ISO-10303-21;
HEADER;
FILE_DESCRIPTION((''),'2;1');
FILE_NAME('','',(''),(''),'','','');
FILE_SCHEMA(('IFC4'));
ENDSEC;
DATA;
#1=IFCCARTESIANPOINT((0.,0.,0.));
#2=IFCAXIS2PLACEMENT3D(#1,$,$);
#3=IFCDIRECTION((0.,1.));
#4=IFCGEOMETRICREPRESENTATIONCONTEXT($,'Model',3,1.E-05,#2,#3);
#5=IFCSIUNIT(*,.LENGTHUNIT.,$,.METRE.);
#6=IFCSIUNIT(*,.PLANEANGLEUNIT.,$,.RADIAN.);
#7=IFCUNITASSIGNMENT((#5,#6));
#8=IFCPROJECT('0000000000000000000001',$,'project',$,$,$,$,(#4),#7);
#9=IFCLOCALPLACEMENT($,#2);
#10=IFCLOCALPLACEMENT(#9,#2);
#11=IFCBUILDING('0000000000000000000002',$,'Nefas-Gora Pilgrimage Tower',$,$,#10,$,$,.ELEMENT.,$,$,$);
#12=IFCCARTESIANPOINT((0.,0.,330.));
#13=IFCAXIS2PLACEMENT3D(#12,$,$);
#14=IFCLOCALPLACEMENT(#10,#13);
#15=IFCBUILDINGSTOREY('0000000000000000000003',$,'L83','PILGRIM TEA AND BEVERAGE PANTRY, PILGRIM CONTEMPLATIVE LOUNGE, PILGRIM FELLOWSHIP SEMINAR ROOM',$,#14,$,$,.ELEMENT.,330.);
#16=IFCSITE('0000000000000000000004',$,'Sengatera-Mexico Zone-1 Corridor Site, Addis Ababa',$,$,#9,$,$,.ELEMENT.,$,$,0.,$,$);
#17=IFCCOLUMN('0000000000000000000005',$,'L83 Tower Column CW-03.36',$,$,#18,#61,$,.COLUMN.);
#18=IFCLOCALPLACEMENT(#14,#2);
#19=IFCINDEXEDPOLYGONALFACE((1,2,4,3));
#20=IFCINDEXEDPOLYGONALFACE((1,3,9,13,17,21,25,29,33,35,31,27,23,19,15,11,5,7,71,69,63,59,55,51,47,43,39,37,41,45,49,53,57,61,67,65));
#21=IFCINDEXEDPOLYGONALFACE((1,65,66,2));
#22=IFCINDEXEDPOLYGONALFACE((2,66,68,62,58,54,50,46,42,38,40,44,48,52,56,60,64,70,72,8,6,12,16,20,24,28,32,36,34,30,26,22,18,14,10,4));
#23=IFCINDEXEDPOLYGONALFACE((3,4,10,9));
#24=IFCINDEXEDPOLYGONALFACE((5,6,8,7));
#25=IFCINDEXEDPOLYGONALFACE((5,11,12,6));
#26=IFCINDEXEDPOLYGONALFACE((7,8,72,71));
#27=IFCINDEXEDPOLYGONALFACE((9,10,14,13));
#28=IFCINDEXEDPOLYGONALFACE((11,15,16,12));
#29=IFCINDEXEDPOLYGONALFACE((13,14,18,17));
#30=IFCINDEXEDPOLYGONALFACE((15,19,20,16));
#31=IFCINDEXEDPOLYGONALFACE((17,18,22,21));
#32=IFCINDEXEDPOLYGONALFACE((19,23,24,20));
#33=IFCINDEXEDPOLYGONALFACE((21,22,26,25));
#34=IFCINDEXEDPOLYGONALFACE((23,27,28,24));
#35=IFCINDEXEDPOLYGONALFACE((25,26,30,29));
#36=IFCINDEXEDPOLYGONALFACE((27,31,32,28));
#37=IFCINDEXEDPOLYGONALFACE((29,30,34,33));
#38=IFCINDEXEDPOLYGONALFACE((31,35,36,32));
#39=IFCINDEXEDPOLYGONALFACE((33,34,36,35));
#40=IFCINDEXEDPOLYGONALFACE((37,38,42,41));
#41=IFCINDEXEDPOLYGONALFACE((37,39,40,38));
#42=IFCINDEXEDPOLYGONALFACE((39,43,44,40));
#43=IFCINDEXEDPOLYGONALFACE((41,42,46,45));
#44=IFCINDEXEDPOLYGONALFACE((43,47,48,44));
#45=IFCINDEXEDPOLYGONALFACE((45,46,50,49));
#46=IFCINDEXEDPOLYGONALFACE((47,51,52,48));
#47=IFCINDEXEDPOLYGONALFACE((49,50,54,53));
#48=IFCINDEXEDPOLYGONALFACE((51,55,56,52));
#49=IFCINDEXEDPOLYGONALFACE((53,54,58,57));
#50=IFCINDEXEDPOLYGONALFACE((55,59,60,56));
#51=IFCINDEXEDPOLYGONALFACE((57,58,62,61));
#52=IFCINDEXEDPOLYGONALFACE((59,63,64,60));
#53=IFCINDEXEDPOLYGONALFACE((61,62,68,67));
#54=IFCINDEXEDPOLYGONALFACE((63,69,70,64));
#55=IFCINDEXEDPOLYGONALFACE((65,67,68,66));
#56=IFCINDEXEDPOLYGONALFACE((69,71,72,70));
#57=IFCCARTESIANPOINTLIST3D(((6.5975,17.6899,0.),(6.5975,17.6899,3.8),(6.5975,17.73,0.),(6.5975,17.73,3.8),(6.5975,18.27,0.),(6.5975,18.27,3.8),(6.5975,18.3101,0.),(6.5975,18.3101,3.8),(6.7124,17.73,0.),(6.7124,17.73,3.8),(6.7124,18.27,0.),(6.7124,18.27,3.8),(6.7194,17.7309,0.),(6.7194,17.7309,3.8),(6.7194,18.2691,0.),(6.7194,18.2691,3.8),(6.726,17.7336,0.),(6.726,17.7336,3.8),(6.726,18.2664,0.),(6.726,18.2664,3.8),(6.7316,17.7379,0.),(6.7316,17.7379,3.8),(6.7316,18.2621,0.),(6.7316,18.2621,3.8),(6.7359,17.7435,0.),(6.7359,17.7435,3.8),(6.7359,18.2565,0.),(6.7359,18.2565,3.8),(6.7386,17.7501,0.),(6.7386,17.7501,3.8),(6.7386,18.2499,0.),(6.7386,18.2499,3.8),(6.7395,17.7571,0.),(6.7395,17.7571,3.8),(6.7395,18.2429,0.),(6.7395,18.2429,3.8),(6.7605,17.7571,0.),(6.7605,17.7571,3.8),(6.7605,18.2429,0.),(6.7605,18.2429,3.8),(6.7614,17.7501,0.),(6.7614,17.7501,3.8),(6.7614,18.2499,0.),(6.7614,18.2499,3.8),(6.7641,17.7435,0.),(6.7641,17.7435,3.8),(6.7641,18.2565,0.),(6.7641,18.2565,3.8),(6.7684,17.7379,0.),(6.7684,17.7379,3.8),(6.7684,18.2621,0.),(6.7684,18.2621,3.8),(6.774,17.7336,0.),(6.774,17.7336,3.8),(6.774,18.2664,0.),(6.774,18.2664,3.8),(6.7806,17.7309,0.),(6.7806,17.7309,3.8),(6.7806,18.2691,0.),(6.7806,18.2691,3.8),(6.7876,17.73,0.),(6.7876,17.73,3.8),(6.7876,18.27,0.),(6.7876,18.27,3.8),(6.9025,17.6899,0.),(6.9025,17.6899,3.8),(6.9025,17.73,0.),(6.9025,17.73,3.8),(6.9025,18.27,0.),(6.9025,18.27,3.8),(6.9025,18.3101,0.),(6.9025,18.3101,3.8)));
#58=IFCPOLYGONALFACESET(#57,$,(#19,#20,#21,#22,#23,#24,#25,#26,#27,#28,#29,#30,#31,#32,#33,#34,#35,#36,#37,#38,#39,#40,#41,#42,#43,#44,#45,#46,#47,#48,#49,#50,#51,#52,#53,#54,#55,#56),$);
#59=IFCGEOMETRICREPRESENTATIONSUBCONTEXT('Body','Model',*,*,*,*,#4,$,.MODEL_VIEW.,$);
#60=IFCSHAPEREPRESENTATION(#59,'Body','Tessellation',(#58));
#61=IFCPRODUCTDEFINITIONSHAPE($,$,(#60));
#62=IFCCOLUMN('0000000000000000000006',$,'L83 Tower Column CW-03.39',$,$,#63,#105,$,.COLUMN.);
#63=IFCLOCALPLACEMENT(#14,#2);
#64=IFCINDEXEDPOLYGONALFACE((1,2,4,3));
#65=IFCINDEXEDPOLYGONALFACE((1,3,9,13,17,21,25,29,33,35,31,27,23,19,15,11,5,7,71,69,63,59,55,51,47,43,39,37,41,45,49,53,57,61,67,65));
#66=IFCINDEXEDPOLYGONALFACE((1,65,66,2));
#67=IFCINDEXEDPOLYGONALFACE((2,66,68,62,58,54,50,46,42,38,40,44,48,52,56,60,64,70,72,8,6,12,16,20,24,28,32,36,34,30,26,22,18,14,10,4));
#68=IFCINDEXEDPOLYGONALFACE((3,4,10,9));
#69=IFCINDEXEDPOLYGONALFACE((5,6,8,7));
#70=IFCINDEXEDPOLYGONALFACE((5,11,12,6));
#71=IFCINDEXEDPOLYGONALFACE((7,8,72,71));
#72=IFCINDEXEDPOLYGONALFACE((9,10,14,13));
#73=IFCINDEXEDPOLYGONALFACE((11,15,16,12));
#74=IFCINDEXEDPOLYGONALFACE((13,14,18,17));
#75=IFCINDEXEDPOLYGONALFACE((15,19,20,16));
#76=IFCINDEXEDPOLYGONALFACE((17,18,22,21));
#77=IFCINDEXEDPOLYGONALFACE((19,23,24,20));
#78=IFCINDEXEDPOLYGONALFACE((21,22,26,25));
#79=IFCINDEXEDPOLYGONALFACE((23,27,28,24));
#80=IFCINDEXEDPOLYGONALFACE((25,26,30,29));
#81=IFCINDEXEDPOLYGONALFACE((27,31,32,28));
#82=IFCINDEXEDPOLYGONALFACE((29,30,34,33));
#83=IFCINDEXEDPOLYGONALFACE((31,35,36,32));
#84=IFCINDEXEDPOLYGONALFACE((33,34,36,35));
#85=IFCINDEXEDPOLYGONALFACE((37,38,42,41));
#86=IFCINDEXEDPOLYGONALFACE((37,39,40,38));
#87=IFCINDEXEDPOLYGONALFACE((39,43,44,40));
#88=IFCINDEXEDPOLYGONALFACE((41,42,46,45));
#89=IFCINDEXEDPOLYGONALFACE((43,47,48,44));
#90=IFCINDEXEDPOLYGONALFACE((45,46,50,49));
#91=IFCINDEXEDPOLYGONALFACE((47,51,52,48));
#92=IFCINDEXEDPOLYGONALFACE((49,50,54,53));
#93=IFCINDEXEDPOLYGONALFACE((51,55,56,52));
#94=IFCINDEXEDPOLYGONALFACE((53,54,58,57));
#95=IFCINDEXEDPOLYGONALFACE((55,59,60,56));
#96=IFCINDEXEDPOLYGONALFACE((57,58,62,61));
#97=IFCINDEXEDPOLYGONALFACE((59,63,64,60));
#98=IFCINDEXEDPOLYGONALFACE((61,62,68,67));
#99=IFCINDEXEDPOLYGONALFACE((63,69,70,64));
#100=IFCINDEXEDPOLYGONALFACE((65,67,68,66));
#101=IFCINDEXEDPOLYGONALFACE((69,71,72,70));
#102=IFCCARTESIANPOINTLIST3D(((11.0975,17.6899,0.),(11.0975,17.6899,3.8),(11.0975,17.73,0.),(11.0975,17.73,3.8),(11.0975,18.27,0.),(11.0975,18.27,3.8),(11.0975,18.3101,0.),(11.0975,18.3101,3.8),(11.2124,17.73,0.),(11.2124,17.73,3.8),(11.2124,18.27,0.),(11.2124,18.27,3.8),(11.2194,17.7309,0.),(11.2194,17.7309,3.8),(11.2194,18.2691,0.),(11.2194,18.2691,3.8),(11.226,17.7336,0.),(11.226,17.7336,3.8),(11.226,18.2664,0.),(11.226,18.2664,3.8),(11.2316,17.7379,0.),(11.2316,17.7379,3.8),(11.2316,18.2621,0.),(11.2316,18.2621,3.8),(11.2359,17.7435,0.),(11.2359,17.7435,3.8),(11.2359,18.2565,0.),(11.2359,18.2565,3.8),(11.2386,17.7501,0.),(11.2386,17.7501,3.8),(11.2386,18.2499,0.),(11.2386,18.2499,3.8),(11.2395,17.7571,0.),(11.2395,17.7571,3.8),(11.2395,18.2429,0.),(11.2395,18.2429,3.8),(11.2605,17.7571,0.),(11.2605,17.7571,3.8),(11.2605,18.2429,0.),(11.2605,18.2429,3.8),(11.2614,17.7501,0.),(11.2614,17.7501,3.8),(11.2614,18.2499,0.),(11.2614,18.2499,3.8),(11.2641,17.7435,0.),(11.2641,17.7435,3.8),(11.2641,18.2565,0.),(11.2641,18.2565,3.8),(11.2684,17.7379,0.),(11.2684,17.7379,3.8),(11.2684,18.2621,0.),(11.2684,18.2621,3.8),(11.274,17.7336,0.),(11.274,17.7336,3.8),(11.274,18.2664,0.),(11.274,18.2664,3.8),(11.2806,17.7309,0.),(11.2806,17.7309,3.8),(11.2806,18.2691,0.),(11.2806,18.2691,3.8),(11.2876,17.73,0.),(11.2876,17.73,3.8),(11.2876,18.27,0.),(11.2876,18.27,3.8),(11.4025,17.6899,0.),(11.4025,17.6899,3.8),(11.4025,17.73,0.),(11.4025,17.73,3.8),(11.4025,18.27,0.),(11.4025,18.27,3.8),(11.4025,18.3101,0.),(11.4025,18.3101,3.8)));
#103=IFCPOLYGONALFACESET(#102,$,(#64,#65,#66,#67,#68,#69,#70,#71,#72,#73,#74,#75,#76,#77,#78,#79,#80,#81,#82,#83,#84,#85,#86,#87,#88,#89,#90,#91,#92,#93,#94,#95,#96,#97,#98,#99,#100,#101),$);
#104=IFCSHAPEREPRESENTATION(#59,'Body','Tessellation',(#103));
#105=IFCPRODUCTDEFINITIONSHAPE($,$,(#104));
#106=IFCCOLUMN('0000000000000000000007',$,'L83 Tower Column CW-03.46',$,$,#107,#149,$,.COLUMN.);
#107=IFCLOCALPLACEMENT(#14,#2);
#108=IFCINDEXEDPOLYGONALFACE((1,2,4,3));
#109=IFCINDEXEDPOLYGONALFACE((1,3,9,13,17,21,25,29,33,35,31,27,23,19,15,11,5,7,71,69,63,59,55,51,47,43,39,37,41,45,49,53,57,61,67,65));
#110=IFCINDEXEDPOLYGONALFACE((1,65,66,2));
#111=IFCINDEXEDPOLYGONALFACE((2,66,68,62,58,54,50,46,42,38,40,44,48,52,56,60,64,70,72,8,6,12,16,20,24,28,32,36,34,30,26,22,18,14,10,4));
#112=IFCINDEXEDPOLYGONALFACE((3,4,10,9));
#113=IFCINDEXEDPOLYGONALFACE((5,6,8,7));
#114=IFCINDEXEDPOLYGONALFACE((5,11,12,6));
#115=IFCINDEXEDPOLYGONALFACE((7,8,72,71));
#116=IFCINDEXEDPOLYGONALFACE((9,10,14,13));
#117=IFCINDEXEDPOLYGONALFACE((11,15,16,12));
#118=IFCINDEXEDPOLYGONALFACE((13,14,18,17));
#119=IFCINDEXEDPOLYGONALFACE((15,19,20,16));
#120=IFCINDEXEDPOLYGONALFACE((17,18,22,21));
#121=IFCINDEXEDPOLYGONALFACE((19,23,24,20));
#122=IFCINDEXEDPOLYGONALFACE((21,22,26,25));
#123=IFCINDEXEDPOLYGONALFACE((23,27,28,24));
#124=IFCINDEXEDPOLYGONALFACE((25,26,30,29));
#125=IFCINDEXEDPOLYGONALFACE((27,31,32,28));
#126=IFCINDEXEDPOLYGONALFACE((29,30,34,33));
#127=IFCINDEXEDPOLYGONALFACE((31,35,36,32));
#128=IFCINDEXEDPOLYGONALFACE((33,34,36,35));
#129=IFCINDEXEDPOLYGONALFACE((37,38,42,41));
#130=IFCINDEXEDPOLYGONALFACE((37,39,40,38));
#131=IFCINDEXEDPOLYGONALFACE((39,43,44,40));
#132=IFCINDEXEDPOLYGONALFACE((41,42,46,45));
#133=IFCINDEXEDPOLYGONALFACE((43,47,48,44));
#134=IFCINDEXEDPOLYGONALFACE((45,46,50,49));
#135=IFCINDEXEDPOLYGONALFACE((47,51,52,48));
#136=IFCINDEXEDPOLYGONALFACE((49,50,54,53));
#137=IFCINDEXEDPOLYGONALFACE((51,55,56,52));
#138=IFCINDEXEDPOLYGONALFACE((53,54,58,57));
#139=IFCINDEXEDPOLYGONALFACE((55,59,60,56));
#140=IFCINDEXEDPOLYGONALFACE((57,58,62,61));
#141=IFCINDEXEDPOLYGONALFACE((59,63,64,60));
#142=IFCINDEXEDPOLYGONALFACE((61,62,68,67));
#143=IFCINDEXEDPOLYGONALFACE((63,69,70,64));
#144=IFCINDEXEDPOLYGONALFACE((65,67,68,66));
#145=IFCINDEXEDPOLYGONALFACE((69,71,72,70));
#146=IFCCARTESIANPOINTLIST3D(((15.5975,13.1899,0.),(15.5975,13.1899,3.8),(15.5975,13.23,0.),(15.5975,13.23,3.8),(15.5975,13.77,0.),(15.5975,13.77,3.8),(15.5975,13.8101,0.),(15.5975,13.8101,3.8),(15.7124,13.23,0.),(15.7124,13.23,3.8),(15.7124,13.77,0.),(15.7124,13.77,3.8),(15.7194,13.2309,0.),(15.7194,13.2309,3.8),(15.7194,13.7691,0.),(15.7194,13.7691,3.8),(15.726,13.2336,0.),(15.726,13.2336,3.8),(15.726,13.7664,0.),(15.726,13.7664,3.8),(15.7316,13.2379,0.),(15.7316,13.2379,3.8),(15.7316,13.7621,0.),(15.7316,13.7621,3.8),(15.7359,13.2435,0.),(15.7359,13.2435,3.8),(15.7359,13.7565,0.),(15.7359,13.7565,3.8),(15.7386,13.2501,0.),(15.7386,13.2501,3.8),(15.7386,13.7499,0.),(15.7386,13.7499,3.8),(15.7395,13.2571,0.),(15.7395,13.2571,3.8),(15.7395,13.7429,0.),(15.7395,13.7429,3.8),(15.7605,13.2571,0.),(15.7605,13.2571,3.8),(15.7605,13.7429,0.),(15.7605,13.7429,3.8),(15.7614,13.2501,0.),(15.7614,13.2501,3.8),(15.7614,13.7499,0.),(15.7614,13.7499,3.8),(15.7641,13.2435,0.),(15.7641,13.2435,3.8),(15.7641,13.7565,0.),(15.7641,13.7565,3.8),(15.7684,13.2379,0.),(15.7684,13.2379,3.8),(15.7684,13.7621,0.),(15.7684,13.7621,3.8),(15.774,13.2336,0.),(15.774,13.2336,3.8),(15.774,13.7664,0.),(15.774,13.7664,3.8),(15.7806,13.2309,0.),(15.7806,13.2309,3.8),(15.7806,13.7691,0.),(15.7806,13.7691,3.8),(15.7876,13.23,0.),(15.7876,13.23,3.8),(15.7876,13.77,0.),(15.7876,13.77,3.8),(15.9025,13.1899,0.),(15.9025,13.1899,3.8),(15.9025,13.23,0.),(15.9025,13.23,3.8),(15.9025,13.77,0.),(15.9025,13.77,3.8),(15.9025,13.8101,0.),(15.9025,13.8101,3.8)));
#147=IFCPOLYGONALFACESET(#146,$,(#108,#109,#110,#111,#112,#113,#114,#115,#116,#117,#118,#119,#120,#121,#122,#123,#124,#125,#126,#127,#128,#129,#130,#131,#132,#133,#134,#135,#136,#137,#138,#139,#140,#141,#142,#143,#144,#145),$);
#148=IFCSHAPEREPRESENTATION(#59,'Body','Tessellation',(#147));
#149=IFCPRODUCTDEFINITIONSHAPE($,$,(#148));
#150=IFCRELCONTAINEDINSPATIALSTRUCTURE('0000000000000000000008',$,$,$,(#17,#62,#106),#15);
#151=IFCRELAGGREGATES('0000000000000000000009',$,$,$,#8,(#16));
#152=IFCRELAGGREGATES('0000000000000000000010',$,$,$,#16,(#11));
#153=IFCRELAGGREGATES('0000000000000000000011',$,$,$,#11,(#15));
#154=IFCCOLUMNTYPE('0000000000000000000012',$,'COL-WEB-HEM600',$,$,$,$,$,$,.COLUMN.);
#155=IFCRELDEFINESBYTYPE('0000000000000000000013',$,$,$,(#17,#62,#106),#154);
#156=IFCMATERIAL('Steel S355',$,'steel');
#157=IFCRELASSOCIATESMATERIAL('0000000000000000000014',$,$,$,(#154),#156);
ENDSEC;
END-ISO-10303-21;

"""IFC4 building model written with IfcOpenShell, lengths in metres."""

from ifc_helpers import new_model, si_unit, direction, frame, origin, origin_2d, place, context, subcontext, project, spatial, i_section, extrude, source, transform, mapped, material, material_profile, profile_set, type_object, element, save


model = new_model("IFC4")

# Units and contexts
model_context = context("Model", 3, precision=1e-05, world=origin(), true_north=direction((0.0, 1.0)))
body_context = subcontext(model_context, "Body", "Model", "MODEL_VIEW")
ifc_project = project(units=[si_unit("LENGTHUNIT", "METRE"), si_unit("PLANEANGLEUNIT", "RADIAN")], contexts=[model_context])

# Site, building, storey
site_placement = place(None, origin())
site = spatial("IfcSite", under=ifc_project, at=site_placement, Name="Sengatera-Mexico Zone-1 Corridor Site, Addis Ababa", CompositionType="ELEMENT", RefElevation=0.0)
building_placement = place(site_placement, origin())
building = spatial("IfcBuilding", under=site, at=building_placement, Name="Nefas-Gora Pilgrimage Tower", CompositionType="ELEMENT")
storey_placement = place(building_placement, frame((0.0, 0.0, 330.0)))
storey = spatial("IfcBuildingStorey", under=building, at=storey_placement, Name="L83", Description="PILGRIM TEA AND BEVERAGE PANTRY, PILGRIM CONTEMPLATIVE LOUNGE, PILGRIM FELLOWSHIP SEMINAR ROOM", CompositionType="ELEMENT", Elevation=330.0)

# Columns
ifc_material_1 = material(Name="Steel S355", Category="steel")
ifc_material_profile_1 = material_profile(ifc_material_1, i_section(OverallWidth=0.3049, OverallDepth=0.6201, WebThickness=0.021, FlangeThickness=0.04, FilletRadius=0.0271, at=origin_2d()), Name="HEM 600")
ifc_profile_set_1 = profile_set([ifc_material_profile_1], Name="Steel S355")
column_type_1 = type_object("IfcColumnType", Name="COL-WEB-HEM600", PredefinedType="COLUMN", material=ifc_profile_set_1)
shared_shape_1 = source(origin(), body_context, "Body", "SweptSolid", [
    extrude(i_section(OverallWidth=0.3049, OverallDepth=0.6201, WebThickness=0.021, FlangeThickness=0.04, FilletRadius=0.0271, at=origin_2d()), origin(), (0.0, 0.0, 1.0), 3.8),
])
for number, where, z_axis, x_axis, name in (
    (1, (6.75, 18.0, 0.0), (0.0, 0.0, 1.0), (1.0, 0.0, 0.0), "L83 Tower Column CW-03.36"),
    (2, (11.25, 18.0, 0.0), (0.0, 0.0, 1.0), (1.0, 0.0, 0.0), "L83 Tower Column CW-03.39"),
    (3, (15.75, 13.5, 0.0), (0.0, 0.0, 1.0), (1.0, 0.0, 0.0), "L83 Tower Column CW-03.46"),
):
    element("IfcColumn", number, at=place(storey_placement, frame(where, z_axis=z_axis, x_axis=x_axis)), inside=storey, type_object=column_type_1, Name=name, PredefinedType="COLUMN", context=body_context, shape_type="MappedRepresentation", body=[
        mapped(shared_shape_1, transform((0.0, 0.0, 0.0), x_axis=(1.0, 0.0, 0.0), y_axis=(0.0, 1.0, 0.0), z_axis=(0.0, 0.0, 1.0), scale=1.0)),
    ])

save(model, "model.ifc")
